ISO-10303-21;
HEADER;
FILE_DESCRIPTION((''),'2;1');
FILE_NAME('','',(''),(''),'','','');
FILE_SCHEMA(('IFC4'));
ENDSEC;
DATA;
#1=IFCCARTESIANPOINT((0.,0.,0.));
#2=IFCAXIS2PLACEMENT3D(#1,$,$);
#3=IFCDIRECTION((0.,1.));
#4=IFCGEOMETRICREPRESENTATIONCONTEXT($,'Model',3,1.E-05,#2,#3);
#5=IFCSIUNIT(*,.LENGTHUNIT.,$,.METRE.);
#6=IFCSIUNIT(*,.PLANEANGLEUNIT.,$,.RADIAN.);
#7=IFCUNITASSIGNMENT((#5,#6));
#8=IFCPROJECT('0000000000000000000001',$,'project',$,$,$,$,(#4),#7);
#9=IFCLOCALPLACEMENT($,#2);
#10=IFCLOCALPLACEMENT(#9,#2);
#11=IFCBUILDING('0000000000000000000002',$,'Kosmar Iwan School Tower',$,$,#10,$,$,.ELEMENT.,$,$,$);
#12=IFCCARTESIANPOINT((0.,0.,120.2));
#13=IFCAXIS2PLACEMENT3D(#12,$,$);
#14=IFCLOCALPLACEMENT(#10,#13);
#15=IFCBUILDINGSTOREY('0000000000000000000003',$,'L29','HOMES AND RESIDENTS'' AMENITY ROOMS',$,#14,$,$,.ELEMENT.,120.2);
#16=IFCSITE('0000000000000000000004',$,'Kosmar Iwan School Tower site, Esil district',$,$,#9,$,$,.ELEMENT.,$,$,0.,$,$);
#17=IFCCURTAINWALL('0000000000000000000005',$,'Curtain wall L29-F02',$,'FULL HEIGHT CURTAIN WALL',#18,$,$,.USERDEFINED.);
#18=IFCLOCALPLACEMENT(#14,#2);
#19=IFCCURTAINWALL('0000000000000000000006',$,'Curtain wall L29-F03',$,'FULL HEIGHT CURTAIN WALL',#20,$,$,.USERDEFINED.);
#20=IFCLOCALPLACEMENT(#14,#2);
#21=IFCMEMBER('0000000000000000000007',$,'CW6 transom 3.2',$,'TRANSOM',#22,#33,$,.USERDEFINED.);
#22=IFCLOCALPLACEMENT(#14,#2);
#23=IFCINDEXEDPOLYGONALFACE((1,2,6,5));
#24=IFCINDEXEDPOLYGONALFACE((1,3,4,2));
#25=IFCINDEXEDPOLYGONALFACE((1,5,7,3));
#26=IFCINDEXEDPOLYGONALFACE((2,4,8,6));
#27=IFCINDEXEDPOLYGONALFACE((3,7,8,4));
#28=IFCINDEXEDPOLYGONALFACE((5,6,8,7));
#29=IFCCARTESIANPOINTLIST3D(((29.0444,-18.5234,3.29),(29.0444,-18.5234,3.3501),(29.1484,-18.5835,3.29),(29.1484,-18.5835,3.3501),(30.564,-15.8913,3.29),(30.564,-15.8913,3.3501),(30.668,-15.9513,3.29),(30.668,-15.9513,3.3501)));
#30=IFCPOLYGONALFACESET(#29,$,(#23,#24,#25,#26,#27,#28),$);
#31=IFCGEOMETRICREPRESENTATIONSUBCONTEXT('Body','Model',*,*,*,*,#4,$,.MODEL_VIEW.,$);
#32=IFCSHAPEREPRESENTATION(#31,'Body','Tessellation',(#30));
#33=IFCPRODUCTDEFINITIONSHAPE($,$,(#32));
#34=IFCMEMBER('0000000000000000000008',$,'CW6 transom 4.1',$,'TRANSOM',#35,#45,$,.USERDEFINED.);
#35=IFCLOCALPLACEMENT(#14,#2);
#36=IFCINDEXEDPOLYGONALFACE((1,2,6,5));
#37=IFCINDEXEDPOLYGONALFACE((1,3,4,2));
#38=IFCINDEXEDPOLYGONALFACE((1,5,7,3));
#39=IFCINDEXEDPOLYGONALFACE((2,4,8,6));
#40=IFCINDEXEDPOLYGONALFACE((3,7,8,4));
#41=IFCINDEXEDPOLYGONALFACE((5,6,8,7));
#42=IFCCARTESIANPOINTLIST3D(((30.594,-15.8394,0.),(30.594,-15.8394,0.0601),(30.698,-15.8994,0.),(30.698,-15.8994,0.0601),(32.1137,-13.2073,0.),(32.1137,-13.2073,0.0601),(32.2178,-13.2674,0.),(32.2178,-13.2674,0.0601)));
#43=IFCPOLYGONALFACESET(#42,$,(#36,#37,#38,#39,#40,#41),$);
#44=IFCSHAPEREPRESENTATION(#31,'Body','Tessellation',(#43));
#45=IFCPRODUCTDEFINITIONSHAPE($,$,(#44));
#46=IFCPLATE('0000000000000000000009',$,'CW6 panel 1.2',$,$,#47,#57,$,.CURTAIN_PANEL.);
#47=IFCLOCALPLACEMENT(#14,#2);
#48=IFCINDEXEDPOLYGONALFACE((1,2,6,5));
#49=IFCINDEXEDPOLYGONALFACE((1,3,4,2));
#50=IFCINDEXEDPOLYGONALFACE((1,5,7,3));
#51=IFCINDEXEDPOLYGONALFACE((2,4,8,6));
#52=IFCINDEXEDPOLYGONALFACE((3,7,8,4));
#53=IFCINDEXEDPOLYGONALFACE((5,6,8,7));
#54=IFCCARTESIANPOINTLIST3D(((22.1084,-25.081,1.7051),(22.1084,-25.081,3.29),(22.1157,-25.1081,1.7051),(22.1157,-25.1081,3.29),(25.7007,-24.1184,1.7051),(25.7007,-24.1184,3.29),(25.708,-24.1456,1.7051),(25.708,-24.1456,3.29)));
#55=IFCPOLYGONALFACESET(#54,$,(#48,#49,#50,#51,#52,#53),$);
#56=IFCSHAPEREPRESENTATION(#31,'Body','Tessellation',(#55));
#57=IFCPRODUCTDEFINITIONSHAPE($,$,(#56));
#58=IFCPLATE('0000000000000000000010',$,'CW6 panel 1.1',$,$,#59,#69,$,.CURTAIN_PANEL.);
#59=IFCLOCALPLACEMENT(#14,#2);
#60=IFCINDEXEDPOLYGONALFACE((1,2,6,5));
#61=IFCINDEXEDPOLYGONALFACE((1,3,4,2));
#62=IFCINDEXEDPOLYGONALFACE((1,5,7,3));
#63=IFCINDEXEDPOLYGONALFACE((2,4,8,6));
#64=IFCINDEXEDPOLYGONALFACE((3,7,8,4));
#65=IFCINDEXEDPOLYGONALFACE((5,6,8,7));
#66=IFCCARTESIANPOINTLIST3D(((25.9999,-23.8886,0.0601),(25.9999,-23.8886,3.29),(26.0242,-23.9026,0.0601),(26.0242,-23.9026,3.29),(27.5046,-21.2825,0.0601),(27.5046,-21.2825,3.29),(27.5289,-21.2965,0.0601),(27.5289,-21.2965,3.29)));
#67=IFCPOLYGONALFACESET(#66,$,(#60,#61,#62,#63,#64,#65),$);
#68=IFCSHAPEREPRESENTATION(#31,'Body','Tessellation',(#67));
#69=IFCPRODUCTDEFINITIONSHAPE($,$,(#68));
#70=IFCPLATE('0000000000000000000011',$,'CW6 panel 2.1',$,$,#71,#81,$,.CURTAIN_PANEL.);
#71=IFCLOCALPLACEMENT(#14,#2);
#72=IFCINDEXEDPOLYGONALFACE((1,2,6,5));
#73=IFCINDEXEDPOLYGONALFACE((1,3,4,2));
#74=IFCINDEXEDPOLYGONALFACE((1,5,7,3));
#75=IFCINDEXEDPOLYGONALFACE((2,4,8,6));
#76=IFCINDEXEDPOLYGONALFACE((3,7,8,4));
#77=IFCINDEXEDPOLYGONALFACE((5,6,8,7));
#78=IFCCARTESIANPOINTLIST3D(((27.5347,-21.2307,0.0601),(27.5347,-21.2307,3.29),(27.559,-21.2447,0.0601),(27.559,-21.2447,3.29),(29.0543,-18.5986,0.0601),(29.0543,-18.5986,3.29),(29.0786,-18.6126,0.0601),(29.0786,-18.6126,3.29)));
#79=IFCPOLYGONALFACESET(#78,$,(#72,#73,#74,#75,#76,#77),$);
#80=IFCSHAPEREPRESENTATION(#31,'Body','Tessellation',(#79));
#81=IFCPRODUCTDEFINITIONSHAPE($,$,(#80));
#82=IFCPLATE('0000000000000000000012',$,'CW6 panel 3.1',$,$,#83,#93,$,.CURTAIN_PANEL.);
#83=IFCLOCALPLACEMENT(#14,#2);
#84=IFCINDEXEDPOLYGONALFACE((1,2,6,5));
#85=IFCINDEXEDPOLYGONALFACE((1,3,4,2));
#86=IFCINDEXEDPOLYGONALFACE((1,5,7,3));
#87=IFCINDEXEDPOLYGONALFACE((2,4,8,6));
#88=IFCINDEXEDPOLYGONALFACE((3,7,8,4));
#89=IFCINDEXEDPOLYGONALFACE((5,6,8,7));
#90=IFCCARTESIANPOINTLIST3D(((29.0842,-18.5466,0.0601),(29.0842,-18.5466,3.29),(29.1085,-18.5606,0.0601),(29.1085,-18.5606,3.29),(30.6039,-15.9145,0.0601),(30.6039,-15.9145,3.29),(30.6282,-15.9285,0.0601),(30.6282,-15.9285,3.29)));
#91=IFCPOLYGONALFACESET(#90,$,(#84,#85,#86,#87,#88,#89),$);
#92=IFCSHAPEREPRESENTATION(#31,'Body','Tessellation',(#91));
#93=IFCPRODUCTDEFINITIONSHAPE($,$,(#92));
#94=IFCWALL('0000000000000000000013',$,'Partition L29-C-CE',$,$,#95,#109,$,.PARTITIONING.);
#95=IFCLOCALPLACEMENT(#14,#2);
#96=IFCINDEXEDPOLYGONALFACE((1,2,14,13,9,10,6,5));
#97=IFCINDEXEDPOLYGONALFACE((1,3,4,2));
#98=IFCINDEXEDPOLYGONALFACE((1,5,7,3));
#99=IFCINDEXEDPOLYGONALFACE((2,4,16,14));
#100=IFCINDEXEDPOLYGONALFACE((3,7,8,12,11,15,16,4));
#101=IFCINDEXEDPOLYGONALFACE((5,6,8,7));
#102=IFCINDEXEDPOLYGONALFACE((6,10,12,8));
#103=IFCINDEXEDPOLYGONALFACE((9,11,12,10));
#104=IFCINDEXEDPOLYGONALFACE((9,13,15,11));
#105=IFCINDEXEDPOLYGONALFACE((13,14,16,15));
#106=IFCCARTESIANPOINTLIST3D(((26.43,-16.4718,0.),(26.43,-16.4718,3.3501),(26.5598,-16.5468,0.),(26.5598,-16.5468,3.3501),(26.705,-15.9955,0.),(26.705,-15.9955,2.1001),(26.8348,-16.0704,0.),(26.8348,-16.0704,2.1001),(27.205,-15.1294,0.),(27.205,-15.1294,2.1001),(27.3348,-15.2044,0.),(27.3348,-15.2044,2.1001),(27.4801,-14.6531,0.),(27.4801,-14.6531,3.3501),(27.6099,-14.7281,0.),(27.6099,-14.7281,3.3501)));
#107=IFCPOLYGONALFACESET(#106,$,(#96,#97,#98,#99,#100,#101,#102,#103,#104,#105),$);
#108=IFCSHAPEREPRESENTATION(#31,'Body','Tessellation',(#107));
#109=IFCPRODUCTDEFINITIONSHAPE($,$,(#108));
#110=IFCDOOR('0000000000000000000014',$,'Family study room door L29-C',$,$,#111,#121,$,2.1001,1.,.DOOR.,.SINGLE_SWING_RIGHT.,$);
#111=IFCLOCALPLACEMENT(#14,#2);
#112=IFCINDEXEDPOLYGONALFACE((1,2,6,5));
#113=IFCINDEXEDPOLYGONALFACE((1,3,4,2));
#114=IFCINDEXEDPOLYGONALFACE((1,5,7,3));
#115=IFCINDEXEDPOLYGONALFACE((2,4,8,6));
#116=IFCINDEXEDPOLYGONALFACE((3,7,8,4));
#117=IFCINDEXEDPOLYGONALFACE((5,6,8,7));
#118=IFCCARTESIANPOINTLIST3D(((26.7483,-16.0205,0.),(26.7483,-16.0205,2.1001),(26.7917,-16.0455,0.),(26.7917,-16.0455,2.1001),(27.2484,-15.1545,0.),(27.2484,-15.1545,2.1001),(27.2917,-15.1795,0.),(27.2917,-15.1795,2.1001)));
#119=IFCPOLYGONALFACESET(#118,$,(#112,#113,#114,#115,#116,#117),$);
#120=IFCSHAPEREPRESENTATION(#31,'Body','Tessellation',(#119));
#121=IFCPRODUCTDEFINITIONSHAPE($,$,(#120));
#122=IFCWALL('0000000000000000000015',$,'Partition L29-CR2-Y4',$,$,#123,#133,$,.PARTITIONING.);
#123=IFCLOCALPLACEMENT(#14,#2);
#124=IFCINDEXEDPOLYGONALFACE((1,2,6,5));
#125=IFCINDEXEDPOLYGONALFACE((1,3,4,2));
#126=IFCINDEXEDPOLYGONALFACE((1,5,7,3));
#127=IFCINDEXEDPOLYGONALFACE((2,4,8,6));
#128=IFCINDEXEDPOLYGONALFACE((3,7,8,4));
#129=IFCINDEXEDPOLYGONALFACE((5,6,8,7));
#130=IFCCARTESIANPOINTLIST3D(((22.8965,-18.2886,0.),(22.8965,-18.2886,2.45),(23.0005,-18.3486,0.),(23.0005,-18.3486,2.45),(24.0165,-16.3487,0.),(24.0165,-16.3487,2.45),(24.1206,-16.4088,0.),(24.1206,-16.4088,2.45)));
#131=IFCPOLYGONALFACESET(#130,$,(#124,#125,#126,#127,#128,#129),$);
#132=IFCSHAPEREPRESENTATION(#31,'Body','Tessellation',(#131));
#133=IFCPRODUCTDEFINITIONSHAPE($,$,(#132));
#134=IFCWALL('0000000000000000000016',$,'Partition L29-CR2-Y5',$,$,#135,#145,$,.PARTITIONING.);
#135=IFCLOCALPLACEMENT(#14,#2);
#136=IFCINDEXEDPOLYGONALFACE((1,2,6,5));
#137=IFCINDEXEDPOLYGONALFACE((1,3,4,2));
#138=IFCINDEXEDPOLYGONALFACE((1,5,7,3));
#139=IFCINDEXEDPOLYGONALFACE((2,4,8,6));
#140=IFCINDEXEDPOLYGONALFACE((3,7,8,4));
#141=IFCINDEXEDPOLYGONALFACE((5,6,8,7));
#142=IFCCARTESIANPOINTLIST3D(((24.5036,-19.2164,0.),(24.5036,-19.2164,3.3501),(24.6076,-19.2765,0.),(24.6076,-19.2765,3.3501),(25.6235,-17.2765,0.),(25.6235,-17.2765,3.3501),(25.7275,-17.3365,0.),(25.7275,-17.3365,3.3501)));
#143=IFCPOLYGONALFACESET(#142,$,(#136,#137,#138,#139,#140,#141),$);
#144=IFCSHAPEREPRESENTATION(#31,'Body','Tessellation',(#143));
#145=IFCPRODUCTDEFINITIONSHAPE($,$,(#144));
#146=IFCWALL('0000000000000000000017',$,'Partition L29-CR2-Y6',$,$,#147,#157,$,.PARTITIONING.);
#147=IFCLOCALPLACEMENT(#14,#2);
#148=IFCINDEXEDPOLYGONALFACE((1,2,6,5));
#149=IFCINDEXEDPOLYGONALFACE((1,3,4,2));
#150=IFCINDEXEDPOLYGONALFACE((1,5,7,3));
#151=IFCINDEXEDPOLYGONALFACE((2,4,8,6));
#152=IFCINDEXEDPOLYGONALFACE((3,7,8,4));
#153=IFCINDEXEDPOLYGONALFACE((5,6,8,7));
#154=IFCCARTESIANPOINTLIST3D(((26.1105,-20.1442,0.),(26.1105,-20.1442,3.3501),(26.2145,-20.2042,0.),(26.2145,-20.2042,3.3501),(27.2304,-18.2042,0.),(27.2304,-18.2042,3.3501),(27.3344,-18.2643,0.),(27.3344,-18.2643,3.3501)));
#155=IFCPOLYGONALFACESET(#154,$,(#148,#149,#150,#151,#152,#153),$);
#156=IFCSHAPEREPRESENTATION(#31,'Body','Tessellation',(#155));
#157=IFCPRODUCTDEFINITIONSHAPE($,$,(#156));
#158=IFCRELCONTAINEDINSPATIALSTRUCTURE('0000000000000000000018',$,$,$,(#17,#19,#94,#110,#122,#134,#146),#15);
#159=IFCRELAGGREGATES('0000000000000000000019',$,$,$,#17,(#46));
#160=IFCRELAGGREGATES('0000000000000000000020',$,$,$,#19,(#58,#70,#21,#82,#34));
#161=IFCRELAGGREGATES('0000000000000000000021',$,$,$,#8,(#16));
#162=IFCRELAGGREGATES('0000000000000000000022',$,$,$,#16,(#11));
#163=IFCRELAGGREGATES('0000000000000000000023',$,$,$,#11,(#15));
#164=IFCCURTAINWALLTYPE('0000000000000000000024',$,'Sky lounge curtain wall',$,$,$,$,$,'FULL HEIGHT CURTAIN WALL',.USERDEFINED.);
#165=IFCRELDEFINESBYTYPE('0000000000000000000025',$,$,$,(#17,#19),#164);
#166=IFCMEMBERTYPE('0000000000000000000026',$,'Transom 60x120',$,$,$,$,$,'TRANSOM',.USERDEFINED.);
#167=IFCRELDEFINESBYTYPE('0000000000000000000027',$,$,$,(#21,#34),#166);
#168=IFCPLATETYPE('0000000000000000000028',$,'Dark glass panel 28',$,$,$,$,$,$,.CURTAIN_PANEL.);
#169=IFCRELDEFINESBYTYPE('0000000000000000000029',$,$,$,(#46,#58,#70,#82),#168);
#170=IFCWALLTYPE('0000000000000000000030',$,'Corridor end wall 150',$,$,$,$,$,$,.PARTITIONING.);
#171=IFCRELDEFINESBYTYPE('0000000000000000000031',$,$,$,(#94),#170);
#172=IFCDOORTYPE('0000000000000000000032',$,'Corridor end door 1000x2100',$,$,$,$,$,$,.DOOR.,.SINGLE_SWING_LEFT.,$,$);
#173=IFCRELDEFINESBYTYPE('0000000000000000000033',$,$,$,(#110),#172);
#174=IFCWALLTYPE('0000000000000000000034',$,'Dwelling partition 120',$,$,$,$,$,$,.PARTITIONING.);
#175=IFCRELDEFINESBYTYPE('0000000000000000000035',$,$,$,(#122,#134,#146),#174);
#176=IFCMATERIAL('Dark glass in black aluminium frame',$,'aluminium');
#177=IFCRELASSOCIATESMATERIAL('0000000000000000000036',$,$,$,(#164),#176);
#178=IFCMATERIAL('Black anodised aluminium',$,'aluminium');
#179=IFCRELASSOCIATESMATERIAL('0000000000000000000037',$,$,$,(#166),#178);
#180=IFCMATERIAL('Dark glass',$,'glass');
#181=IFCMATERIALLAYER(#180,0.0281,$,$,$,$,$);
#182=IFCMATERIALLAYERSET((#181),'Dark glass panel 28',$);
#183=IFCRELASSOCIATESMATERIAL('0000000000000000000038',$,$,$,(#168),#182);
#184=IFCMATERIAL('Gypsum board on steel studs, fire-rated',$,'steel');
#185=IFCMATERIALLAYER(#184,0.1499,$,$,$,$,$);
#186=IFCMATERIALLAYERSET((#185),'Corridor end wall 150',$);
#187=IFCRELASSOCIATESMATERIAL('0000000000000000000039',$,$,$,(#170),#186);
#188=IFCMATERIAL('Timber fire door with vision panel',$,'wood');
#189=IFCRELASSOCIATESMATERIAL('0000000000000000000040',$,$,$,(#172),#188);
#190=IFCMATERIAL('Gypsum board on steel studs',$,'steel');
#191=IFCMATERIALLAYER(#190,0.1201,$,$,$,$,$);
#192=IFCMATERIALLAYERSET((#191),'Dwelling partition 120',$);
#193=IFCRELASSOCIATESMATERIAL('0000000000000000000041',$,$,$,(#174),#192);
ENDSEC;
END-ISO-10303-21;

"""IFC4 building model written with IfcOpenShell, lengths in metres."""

from ifc_helpers import new_model, si_unit, direction, frame, frame_2d, origin, origin_2d, place, context, subcontext, project, spatial, rectangle, extrude, material, layer, layer_set, material_profile, profile_set, type_object, element, fill, aggregate, save


model = new_model("IFC4")

# Units and contexts
model_context = context("Model", 3, precision=1e-05, world=origin(), true_north=direction((0.0, 1.0)))
body_context = subcontext(model_context, "Body", "Model", "MODEL_VIEW")
ifc_project = project(units=[si_unit("LENGTHUNIT", "METRE"), si_unit("PLANEANGLEUNIT", "RADIAN")], contexts=[model_context])

# Site, building, storey
site_placement = place(None, origin())
site = spatial("IfcSite", under=ifc_project, at=site_placement, Name="Kosmar Iwan School Tower site, Esil district", CompositionType="ELEMENT", RefElevation=0.0)
building_placement = place(site_placement, origin())
building = spatial("IfcBuilding", under=site, at=building_placement, Name="Kosmar Iwan School Tower", CompositionType="ELEMENT")
storey_placement = place(building_placement, frame((0.0, 0.0, 120.2)))
storey = spatial("IfcBuildingStorey", under=building, at=storey_placement, Name="L29", Description="HOMES AND RESIDENTS' AMENITY ROOMS", CompositionType="ELEMENT", Elevation=120.2)

# Curtain wall
ifc_material_1 = material(Name="Dark glass in black aluminium frame", Category="aluminium")
curtain_wall_type = type_object("IfcCurtainWallType", Name="Sky lounge curtain wall", ElementType="FULL HEIGHT CURTAIN WALL", PredefinedType="USERDEFINED", material=ifc_material_1)
curtain_wall_1_placement = place(storey_placement, origin())
curtain_wall_1 = element("IfcCurtainWall", 1, at=curtain_wall_1_placement, inside=storey, type_object=curtain_wall_type, Name="Curtain wall L29-F02", ObjectType="FULL HEIGHT CURTAIN WALL", PredefinedType="USERDEFINED")

# Curtain wall
curtain_wall_2_placement = place(storey_placement, origin())
curtain_wall_2 = element("IfcCurtainWall", 2, at=curtain_wall_2_placement, inside=storey, type_object=curtain_wall_type, Name="Curtain wall L29-F03", ObjectType="FULL HEIGHT CURTAIN WALL", PredefinedType="USERDEFINED")

# Members
ifc_material_2 = material(Name="Black anodised aluminium", Category="aluminium")
ifc_material_profile_1 = material_profile(ifc_material_2, rectangle(XDim=0.1201, YDim=0.0601, at=origin_2d()), Name="TRANSOM 60x120")
ifc_profile_set_1 = profile_set([ifc_material_profile_1], Name="Black anodised aluminium")
member_type_1 = type_object("IfcMemberType", Name="Transom 60x120", ElementType="TRANSOM", PredefinedType="USERDEFINED", material=ifc_profile_set_1)
member_1_placement = place(storey_placement, frame((29.0964, -18.5535, 3.3201), z_axis=(0.499975, 0.86604, 0.0), x_axis=(-0.86604, 0.499975, 0.0)))
member_1 = element("IfcMember", 3, at=member_1_placement, type_object=member_type_1, Name="CW6 transom 3.2", ObjectType="TRANSOM", PredefinedType="USERDEFINED", context=body_context, shape_type="SweptSolid", body=[
    extrude(rectangle(XDim=0.1201, YDim=0.0601, at=origin_2d()), origin(), (0.0, 0.0, 1.0), 3.0393),
])
member_2_placement = place(storey_placement, frame((30.646, -15.8694, 0.03), z_axis=(0.500035, 0.866005, 0.0), x_axis=(-0.866005, 0.500035, 0.0)))
member_2 = element("IfcMember", 4, at=member_2_placement, type_object=member_type_1, Name="CW6 transom 4.1", ObjectType="TRANSOM", PredefinedType="USERDEFINED", context=body_context, shape_type="SweptSolid", body=[
    extrude(rectangle(XDim=0.1201, YDim=0.0601, at=origin_2d()), origin(), (0.0, 0.0, 1.0), 3.0393),
])

# Plates
ifc_material_3 = material(Name="Dark glass", Category="glass")
ifc_layer_1 = layer(ifc_material_3, 0.0281)
ifc_layer_set_1 = layer_set([ifc_layer_1], Name="Dark glass panel 28")
plate_type = type_object("IfcPlateType", Name="Dark glass panel 28", PredefinedType="CURTAIN_PANEL", material=ifc_layer_set_1)
plate_1_placement = place(storey_placement, frame((23.9082, -24.6133, 1.7051), z_axis=(0.0, 0.0, 1.0), x_axis=(0.965926, 0.258819, 0.0)))
plate_1 = element("IfcPlate", 5, at=plate_1_placement, type_object=plate_type, Name="CW6 panel 1.2", PredefinedType="CURTAIN_PANEL", context=body_context, shape_type="SweptSolid", body=[
    extrude(rectangle(XDim=3.719, YDim=0.0281, at=origin_2d()), origin(), (0.0, 0.0, 1.0), 1.585),
])
aggregate(curtain_wall_1, [plate_1])
plate_2_placement = place(storey_placement, frame((26.7644, -22.5925, 0.0601), z_axis=(0.0, 0.0, 1.0), x_axis=(0.5, 0.866025, 0.0)))
plate_2 = element("IfcPlate", 6, at=plate_2_placement, type_object=plate_type, Name="CW6 panel 1.1", PredefinedType="CURTAIN_PANEL", context=body_context, shape_type="SweptSolid", body=[
    extrude(rectangle(XDim=3.0093, YDim=0.0281, at=origin_2d()), origin(), (0.0, 0.0, 1.0), 3.23),
])
plate_3_placement = place(storey_placement, frame((28.3066, -19.9216, 0.0601), z_axis=(0.0, 0.0, 1.0), x_axis=(0.5, 0.866025, 0.0)))
plate_3 = element("IfcPlate", 7, at=plate_3_placement, type_object=plate_type, Name="CW6 panel 2.1", PredefinedType="CURTAIN_PANEL", context=body_context, shape_type="SweptSolid", body=[
    extrude(rectangle(XDim=3.0393, YDim=0.0281, at=origin_2d()), origin(), (0.0, 0.0, 1.0), 3.23),
])
plate_4_placement = place(storey_placement, frame((29.8562, -17.2375, 0.0601), z_axis=(0.0, 0.0, 1.0), x_axis=(0.5, 0.866025, 0.0)))
plate_4 = element("IfcPlate", 8, at=plate_4_placement, type_object=plate_type, Name="CW6 panel 3.1", PredefinedType="CURTAIN_PANEL", context=body_context, shape_type="SweptSolid", body=[
    extrude(rectangle(XDim=3.0393, YDim=0.0281, at=origin_2d()), origin(), (0.0, 0.0, 1.0), 3.23),
])
aggregate(curtain_wall_2, [plate_2, plate_3, member_1, plate_4, member_2])

# Wall, opening, door
ifc_material_4 = material(Name="Gypsum board on steel studs, fire-rated", Category="steel")
ifc_layer_2 = layer(ifc_material_4, 0.1499)
ifc_layer_set_2 = layer_set([ifc_layer_2], Name="Corridor end wall 150")
wall_type_1 = type_object("IfcWallType", Name="Corridor end wall 150", PredefinedType="PARTITIONING", material=ifc_layer_set_2)
wall_1_placement = place(storey_placement, frame((26.4949, -16.5093, 0.0), z_axis=(0.0, 0.0, 1.0), x_axis=(0.500028, 0.866009, 0.0)))
wall_1 = element("IfcWall", 9, at=wall_1_placement, inside=storey, type_object=wall_type_1, Name="Partition L29-C-CE", PredefinedType="PARTITIONING", context=body_context, shape_type="SweptSolid", body=[
    extrude(rectangle(XDim=2.1001, YDim=0.1499, at=frame_2d((1.05, 0.0))), origin(), (0.0, 0.0, 1.0), 3.3501),
])
opening_placement = place(wall_1_placement, frame((0.55, 0.0, 0.0)))
opening = element("IfcOpeningElement", 10, at=opening_placement, cuts=wall_1, PredefinedType="OPENING", context=body_context, shape_type="SweptSolid", body=[
    extrude(rectangle(XDim=1.0, YDim=2.1001, at=frame_2d((0.5, 1.05))), frame((0.0, 0.0869, 0.0), z_axis=(0.0, -1.0, 0.0), x_axis=(1.0, 0.0, 0.0)), (0.0, 0.0, 1.0), 0.1738),
])
ifc_material_5 = material(Name="Timber fire door with vision panel", Category="wood")
door_type = type_object("IfcDoorType", Name="Corridor end door 1000x2100", OperationType="SINGLE_SWING_LEFT", PredefinedType="DOOR", material=ifc_material_5)
door_placement = place(opening_placement, origin())
door = element("IfcDoor", 11, at=door_placement, inside=storey, type_object=door_type, Name="Family study room door L29-C", OperationType="SINGLE_SWING_RIGHT", OverallHeight=2.1001, OverallWidth=1.0, PredefinedType="DOOR", context=body_context, shape_type="SweptSolid", body=[
    extrude(rectangle(XDim=1.0, YDim=2.1001, at=frame_2d((0.5, 1.05))), frame((0.0, 0.0249, 0.0), z_axis=(0.0, -1.0, 0.0), x_axis=(1.0, 0.0, 0.0)), (0.0, 0.0, 1.0), 0.05),
])
fill(opening, door)

# Walls
ifc_material_6 = material(Name="Gypsum board on steel studs", Category="steel")
ifc_layer_3 = layer(ifc_material_6, 0.1201)
ifc_layer_set_3 = layer_set([ifc_layer_3], Name="Dwelling partition 120")
wall_type_2 = type_object("IfcWallType", Name="Dwelling partition 120", PredefinedType="PARTITIONING", material=ifc_layer_set_3)
wall_2_placement = place(storey_placement, frame((24.0686, -16.3787, 0.0), z_axis=(0.0, 0.0, 1.0), x_axis=(-0.500031, -0.866008, 0.0)))
element("IfcWall", 12, at=wall_2_placement, inside=storey, type_object=wall_type_2, Name="Partition L29-CR2-Y4", PredefinedType="PARTITIONING", context=body_context, shape_type="SweptSolid", body=[
    extrude(rectangle(XDim=2.24, YDim=0.1201, at=frame_2d((1.1201, 0.0))), origin(), (0.0, 0.0, 1.0), 2.45),
])
for number, where, z_axis, x_axis, name in (
    (13, (25.6755, -17.3064, 0.0), (0.0, 0.0, 1.0), (-0.499949, -0.866055, 0.0), "Partition L29-CR2-Y5"),
    (14, (27.2825, -18.2341, 0.0), (0.0, 0.0, 1.0), (-0.499949, -0.866055, 0.0), "Partition L29-CR2-Y6"),
):
    element("IfcWall", number, at=place(storey_placement, frame(where, z_axis=z_axis, x_axis=x_axis)), inside=storey, type_object=wall_type_2, Name=name, PredefinedType="PARTITIONING", context=body_context, shape_type="SweptSolid", body=[
        extrude(rectangle(XDim=2.24, YDim=0.1201, at=frame_2d((1.1201, 0.0))), origin(), (0.0, 0.0, 1.0), 3.3501),
    ])

save(model, "model.ifc")
